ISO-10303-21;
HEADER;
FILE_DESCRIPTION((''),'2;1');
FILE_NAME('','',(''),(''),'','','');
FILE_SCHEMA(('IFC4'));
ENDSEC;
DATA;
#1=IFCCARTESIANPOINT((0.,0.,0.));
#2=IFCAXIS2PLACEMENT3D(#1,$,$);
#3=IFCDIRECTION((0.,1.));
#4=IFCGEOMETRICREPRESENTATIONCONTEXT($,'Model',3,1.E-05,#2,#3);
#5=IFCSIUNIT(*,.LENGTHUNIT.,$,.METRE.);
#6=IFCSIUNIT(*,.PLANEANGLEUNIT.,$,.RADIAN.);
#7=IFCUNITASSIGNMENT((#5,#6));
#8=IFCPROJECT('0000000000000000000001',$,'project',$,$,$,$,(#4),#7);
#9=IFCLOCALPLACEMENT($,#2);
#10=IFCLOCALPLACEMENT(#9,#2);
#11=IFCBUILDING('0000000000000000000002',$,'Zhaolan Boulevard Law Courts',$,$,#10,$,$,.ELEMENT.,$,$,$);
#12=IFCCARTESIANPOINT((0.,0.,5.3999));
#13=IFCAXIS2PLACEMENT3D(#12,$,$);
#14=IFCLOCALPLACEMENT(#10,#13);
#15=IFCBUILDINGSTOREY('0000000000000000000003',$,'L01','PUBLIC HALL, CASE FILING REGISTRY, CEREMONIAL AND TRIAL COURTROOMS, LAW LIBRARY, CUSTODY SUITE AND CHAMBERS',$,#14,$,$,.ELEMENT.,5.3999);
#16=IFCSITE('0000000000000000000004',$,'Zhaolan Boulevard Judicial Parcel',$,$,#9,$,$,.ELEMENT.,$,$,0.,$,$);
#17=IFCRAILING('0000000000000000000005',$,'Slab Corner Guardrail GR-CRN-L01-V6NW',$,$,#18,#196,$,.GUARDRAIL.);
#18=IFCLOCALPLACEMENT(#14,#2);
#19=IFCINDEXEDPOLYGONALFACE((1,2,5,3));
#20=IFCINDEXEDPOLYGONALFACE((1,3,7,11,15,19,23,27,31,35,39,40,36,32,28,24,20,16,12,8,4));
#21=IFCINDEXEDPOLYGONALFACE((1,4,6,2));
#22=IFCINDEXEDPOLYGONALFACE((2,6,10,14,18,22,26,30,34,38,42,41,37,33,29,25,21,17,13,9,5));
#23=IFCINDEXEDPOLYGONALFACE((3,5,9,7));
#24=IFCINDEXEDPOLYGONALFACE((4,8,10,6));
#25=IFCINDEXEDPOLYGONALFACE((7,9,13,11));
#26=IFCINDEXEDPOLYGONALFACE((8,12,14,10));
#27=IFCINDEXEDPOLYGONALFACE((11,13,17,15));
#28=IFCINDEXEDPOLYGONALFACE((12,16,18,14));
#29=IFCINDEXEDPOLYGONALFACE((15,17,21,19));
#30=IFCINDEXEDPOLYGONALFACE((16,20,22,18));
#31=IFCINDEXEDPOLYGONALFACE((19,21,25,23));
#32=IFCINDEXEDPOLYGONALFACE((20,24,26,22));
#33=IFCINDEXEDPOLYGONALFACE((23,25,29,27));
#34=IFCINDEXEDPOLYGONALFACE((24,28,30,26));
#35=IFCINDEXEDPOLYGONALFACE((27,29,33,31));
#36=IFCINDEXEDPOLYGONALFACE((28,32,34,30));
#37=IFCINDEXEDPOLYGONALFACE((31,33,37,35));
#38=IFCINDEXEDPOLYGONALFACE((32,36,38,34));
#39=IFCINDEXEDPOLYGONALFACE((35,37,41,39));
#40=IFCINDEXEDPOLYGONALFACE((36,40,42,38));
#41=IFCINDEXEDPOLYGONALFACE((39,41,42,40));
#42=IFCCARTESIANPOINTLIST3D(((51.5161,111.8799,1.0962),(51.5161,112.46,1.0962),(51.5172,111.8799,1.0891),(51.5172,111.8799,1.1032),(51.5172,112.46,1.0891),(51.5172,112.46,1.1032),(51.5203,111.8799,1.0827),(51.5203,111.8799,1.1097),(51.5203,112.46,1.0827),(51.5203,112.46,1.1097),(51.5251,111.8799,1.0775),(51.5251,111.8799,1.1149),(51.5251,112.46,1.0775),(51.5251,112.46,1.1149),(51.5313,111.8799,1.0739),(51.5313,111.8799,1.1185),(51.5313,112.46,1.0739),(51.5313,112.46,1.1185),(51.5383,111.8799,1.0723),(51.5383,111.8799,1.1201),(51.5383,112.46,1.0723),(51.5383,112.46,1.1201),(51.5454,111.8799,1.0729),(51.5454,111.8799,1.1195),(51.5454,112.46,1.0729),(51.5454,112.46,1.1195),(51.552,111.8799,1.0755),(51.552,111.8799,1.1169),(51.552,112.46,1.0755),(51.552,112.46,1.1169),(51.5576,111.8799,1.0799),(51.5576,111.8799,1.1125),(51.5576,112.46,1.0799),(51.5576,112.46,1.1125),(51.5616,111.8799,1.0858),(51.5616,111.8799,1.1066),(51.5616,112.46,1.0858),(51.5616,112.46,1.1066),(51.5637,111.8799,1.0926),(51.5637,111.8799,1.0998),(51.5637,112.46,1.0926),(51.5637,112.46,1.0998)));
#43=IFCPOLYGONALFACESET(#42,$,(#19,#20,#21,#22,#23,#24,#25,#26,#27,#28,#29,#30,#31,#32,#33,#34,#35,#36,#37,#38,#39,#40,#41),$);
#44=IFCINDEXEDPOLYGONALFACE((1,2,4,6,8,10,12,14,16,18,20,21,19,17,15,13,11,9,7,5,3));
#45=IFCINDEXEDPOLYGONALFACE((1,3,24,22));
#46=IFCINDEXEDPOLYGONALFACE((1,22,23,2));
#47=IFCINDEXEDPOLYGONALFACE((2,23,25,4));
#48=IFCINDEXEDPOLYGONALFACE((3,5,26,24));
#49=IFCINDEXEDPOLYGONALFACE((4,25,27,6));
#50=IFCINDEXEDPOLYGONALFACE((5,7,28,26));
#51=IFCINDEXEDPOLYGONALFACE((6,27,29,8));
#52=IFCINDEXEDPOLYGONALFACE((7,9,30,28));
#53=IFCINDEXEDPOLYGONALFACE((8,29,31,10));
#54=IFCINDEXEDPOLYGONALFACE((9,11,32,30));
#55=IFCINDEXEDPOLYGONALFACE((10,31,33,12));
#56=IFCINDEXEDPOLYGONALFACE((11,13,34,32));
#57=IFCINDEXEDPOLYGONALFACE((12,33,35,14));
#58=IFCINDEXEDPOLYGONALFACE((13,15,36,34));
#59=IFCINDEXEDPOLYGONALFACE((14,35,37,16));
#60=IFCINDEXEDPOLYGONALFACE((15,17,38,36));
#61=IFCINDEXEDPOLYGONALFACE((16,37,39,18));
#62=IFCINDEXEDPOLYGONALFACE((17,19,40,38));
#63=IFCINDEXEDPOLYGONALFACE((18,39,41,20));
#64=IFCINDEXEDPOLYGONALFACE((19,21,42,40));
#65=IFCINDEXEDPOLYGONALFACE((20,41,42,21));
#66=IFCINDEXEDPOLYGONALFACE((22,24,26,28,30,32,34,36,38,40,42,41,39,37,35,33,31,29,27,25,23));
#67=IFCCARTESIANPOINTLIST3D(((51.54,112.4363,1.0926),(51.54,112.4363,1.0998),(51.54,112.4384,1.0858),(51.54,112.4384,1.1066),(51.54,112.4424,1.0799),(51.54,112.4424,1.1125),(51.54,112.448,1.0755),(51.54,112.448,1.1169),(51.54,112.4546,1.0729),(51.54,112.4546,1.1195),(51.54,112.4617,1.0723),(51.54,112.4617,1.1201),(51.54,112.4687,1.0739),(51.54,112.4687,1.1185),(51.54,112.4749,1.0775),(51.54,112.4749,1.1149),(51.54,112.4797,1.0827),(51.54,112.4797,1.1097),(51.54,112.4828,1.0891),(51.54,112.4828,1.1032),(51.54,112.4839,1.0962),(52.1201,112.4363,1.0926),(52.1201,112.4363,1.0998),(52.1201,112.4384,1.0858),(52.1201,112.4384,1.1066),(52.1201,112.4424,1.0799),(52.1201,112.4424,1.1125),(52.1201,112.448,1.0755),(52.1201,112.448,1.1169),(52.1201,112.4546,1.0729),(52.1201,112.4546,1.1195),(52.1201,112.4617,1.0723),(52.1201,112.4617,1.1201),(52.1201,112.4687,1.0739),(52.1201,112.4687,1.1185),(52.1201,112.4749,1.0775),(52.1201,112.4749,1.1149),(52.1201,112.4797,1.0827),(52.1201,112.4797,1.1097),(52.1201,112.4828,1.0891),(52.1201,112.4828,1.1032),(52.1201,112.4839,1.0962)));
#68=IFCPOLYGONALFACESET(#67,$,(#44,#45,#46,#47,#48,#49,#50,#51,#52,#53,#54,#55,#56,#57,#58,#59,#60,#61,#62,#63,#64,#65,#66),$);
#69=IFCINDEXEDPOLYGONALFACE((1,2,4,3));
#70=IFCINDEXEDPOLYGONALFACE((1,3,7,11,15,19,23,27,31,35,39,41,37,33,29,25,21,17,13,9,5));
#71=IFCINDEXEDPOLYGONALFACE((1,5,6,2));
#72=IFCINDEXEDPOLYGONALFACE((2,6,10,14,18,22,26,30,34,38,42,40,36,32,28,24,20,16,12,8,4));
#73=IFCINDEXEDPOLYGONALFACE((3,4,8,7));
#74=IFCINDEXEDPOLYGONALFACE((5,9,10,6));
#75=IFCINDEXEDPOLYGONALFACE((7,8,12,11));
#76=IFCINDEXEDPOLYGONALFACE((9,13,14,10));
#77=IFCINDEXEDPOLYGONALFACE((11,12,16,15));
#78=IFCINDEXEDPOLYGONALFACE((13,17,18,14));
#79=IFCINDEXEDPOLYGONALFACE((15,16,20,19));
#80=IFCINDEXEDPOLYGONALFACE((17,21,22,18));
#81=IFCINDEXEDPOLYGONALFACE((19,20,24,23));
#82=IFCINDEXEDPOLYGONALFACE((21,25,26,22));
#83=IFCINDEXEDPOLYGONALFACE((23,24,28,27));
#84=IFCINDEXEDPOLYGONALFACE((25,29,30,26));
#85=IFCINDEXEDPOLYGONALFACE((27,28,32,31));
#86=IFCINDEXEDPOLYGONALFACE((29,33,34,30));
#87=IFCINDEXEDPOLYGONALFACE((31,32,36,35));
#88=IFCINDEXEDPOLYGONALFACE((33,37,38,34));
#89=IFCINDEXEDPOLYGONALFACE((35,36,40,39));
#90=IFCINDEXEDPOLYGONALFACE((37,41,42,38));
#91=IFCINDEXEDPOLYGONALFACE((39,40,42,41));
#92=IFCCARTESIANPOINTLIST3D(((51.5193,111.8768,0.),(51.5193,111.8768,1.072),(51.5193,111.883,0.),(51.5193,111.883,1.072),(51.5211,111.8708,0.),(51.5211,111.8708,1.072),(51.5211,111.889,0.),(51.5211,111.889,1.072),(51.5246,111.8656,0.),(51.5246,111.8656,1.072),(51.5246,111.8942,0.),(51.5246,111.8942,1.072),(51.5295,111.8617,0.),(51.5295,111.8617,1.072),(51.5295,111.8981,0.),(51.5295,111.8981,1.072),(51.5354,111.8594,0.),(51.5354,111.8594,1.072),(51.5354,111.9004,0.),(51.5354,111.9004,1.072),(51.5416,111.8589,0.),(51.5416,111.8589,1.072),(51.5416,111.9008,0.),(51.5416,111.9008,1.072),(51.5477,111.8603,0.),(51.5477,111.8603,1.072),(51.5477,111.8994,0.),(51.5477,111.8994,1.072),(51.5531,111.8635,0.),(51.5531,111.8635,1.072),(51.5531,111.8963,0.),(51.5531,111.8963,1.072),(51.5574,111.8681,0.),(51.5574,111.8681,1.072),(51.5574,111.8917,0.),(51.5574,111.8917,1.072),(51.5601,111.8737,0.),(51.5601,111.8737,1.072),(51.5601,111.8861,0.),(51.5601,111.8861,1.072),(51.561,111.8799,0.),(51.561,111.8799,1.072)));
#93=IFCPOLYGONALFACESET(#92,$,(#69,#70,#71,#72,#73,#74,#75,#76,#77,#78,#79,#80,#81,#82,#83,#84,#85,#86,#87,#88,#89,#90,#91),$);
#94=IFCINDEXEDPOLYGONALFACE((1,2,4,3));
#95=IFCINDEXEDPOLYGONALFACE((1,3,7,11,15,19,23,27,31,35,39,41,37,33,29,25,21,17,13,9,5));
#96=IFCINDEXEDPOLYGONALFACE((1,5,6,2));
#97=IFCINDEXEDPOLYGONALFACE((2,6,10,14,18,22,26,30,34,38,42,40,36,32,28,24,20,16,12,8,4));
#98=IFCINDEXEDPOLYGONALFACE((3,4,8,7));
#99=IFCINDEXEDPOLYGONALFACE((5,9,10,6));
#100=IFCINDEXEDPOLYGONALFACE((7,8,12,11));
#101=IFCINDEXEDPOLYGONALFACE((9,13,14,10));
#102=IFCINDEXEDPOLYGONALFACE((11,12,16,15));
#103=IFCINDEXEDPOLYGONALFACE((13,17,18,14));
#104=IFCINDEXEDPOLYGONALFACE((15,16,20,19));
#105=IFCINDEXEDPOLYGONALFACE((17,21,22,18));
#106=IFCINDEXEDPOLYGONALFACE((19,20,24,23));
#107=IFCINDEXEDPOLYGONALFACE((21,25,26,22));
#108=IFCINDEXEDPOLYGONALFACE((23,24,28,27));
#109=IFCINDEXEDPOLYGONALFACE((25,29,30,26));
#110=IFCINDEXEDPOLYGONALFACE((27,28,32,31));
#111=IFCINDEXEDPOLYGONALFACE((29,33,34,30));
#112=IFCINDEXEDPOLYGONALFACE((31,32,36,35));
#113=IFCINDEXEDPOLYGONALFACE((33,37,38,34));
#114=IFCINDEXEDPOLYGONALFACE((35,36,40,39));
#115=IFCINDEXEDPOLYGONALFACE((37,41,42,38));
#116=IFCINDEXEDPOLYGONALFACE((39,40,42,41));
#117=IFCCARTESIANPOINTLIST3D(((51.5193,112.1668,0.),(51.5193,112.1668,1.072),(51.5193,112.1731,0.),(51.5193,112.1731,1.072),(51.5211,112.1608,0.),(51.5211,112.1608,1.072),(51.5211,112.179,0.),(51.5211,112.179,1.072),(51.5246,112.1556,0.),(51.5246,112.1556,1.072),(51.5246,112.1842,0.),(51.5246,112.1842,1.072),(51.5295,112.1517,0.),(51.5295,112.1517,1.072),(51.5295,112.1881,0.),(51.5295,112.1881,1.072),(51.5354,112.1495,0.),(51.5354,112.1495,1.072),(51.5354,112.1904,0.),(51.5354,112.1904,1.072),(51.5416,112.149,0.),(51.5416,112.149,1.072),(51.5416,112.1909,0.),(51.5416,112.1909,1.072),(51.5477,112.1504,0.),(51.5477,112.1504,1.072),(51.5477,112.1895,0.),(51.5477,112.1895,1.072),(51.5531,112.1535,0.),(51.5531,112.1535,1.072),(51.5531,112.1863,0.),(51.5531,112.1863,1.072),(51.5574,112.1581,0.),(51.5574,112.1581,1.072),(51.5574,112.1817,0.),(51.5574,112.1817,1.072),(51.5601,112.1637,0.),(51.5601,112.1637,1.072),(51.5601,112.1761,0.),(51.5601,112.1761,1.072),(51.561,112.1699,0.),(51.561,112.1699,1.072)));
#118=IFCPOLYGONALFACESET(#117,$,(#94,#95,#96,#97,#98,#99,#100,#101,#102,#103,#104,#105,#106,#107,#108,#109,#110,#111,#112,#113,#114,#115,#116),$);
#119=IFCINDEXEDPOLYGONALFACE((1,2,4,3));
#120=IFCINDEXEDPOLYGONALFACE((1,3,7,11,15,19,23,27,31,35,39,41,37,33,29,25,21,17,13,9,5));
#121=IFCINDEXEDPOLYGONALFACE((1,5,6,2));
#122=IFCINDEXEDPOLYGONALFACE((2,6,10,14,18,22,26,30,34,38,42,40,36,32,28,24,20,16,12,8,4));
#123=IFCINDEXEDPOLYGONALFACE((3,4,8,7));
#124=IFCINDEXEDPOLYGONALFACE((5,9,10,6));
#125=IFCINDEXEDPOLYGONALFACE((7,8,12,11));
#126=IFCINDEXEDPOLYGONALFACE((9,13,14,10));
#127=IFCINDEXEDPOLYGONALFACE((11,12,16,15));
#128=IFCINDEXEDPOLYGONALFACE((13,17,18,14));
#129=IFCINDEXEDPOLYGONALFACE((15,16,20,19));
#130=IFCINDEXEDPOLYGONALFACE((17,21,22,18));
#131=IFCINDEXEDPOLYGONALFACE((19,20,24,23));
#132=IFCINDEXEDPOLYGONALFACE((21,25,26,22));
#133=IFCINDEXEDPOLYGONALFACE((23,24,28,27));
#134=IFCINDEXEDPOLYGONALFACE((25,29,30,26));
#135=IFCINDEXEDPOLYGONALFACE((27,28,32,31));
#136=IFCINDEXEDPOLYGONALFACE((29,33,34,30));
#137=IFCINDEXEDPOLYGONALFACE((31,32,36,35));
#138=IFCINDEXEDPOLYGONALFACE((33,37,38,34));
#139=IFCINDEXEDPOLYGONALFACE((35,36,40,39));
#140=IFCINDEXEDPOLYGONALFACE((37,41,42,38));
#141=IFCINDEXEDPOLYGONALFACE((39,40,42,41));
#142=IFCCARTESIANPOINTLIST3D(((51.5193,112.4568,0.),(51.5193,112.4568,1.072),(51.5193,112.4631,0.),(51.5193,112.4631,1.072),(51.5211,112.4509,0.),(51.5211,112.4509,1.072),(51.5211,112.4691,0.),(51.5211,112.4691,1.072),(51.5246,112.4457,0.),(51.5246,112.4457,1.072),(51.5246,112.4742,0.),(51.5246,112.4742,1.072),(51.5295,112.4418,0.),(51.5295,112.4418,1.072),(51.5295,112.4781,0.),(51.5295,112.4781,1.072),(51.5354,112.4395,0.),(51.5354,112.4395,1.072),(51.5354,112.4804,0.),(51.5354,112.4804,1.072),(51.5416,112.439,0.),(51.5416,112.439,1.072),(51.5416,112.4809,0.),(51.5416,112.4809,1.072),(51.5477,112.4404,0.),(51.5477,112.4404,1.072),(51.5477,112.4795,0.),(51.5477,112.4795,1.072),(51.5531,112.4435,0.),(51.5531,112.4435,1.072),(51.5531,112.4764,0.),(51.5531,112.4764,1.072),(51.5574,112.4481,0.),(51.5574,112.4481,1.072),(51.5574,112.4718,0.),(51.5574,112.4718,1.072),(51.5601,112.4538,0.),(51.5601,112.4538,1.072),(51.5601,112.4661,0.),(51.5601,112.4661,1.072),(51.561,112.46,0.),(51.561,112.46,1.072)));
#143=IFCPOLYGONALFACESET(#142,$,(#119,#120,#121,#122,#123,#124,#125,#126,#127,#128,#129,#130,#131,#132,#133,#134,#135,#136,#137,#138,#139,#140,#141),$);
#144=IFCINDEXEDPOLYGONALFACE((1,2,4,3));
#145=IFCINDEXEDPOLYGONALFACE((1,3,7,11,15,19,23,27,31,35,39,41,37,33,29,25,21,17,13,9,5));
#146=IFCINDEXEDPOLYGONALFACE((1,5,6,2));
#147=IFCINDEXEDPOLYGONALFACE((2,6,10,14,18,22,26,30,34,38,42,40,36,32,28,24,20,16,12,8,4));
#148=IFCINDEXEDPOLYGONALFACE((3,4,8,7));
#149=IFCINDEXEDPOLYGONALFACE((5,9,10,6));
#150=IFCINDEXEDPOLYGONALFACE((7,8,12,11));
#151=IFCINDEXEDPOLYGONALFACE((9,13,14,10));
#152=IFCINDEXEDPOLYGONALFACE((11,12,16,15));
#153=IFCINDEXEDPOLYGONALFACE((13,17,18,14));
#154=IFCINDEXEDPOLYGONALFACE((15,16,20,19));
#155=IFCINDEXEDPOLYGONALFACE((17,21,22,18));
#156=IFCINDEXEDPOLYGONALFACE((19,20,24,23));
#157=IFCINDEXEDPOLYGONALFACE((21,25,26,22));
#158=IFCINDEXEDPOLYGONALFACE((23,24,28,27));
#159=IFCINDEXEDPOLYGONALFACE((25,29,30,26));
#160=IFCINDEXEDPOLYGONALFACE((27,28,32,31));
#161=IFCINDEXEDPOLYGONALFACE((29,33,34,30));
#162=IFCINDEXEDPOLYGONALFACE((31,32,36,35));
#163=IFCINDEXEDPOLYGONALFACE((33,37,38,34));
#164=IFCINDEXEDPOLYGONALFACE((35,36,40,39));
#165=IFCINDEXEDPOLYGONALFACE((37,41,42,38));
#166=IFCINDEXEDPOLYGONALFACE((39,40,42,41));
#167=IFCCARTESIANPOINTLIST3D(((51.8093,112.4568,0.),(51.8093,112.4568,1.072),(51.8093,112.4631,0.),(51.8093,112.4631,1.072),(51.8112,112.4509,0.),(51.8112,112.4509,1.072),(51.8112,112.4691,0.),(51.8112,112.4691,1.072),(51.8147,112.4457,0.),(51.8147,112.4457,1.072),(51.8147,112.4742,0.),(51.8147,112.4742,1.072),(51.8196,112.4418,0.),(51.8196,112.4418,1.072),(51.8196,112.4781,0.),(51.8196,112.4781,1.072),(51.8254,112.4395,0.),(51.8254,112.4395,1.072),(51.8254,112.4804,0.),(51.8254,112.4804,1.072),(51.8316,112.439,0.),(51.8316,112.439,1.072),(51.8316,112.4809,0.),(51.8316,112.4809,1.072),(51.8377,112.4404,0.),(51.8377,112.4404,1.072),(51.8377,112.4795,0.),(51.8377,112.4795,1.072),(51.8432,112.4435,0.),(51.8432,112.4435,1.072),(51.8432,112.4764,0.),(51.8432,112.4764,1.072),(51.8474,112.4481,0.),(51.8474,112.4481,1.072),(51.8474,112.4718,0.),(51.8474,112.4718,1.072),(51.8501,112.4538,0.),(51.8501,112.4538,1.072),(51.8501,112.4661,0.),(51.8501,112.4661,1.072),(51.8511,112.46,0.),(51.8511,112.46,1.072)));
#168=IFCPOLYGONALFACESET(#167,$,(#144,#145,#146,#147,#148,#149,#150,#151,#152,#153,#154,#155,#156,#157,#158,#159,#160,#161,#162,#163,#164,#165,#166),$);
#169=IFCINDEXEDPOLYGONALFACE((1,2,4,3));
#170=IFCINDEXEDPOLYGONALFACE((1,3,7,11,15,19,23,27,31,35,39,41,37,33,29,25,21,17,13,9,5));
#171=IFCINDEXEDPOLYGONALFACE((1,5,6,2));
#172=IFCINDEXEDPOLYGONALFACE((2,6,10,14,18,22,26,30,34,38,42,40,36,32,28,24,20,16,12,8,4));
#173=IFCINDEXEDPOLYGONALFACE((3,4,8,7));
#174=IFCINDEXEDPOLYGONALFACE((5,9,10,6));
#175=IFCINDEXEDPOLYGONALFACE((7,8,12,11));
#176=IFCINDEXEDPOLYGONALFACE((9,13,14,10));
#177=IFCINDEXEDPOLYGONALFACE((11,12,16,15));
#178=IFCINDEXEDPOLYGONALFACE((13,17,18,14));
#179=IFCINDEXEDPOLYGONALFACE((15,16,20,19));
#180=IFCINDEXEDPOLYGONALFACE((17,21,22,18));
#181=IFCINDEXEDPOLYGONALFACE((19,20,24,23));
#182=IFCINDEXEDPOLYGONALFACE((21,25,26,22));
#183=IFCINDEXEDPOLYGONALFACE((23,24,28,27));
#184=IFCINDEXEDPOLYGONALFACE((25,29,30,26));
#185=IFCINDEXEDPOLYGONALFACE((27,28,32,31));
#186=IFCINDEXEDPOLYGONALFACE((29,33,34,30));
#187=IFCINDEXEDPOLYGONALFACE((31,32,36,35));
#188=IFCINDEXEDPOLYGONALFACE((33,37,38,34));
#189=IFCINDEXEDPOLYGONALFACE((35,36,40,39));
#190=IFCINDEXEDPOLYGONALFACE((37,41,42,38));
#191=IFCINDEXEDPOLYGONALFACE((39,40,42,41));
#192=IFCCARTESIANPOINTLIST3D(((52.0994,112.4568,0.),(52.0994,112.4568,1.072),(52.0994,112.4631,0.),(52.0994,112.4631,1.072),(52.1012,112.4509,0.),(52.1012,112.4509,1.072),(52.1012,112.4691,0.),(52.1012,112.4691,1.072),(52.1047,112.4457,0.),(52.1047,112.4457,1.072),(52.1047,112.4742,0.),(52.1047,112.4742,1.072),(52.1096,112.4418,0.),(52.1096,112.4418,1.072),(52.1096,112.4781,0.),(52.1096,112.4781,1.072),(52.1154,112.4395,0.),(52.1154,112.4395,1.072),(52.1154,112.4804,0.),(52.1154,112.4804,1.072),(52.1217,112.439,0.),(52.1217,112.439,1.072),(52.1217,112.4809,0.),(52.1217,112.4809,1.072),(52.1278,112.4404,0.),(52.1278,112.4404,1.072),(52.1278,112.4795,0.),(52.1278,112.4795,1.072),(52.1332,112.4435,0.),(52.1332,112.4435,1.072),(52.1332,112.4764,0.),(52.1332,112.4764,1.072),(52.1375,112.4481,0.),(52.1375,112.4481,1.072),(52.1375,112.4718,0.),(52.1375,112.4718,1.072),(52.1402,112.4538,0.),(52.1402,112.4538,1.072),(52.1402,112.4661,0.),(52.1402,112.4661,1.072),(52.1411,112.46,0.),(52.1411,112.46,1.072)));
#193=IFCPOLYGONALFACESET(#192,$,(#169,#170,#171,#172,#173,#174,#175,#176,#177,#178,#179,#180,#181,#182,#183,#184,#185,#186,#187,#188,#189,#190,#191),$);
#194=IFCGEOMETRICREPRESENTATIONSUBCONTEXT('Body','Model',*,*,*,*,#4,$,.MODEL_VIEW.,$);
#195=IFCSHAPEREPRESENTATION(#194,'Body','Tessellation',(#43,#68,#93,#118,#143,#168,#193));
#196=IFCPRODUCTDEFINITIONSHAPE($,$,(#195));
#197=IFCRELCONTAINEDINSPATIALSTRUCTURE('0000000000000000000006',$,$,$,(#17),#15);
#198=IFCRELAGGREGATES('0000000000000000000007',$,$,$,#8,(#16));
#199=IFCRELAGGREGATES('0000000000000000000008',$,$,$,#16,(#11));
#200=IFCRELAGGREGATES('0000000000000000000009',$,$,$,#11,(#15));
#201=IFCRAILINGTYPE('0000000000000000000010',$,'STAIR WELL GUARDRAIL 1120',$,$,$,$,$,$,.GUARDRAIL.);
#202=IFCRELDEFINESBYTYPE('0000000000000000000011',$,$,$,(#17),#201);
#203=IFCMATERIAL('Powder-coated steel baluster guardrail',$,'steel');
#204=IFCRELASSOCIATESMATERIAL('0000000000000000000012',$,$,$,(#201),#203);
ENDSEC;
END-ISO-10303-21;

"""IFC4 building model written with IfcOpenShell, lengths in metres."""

from ifc_helpers import new_model, si_unit, direction, frame, origin, origin_2d, place, context, subcontext, project, spatial, circle, extrude, material, type_object, element, save


model = new_model("IFC4")

# Units and contexts
model_context = context("Model", 3, precision=1e-05, world=origin(), true_north=direction((0.0, 1.0)))
body_context = subcontext(model_context, "Body", "Model", "MODEL_VIEW")
ifc_project = project(units=[si_unit("LENGTHUNIT", "METRE"), si_unit("PLANEANGLEUNIT", "RADIAN")], contexts=[model_context])

# Site, building, storey
site_placement = place(None, origin())
site = spatial("IfcSite", under=ifc_project, at=site_placement, Name="Zhaolan Boulevard Judicial Parcel", CompositionType="ELEMENT", RefElevation=0.0)
building_placement = place(site_placement, origin())
building = spatial("IfcBuilding", under=site, at=building_placement, Name="Zhaolan Boulevard Law Courts", CompositionType="ELEMENT")
storey_placement = place(building_placement, frame((0.0, 0.0, 5.3999)))
storey = spatial("IfcBuildingStorey", under=building, at=storey_placement, Name="L01", Description="PUBLIC HALL, CASE FILING REGISTRY, CEREMONIAL AND TRIAL COURTROOMS, LAW LIBRARY, CUSTODY SUITE AND CHAMBERS", CompositionType="ELEMENT", Elevation=5.3999)

# Railing
ifc_material_1 = material(Name="Powder-coated steel baluster guardrail", Category="steel")
railing_type = type_object("IfcRailingType", Name="STAIR WELL GUARDRAIL 1120", PredefinedType="GUARDRAIL", material=ifc_material_1)
railing_placement = place(storey_placement, frame((51.54, 111.8799, 0.0)))
element("IfcRailing", 1, at=railing_placement, inside=storey, type_object=railing_type, Name="Slab Corner Guardrail GR-CRN-L01-V6NW", PredefinedType="GUARDRAIL", context=body_context, shape_type="SweptSolid", body=[
    extrude(circle(Radius=0.0239, at=origin_2d()), frame((0.0, 0.0, 1.0962), z_axis=(0.0, 1.0, 0.0), x_axis=(-1.0, 0.0, 0.0)), (0.0, 0.0, 1.0), 0.5801),
    extrude(circle(Radius=0.0239, at=origin_2d()), frame((0.0, 0.5801, 1.0962), z_axis=(1.0, 0.0, 0.0), x_axis=(0.0, 1.0, 0.0)), (0.0, 0.0, 1.0), 0.5801),
    extrude(circle(Radius=0.021, at=origin_2d()), origin(), (0.0, 0.0, 1.0), 1.072),
    extrude(circle(Radius=0.021, at=origin_2d()), frame((0.0, 0.29, 0.0)), (0.0, 0.0, 1.0), 1.072),
    extrude(circle(Radius=0.021, at=origin_2d()), frame((0.0, 0.5801, 0.0)), (0.0, 0.0, 1.0), 1.072),
    extrude(circle(Radius=0.021, at=origin_2d()), frame((0.29, 0.5801, 0.0)), (0.0, 0.0, 1.0), 1.072),
    extrude(circle(Radius=0.021, at=origin_2d()), frame((0.5801, 0.5801, 0.0)), (0.0, 0.0, 1.0), 1.072),
])

save(model, "model.ifc")
